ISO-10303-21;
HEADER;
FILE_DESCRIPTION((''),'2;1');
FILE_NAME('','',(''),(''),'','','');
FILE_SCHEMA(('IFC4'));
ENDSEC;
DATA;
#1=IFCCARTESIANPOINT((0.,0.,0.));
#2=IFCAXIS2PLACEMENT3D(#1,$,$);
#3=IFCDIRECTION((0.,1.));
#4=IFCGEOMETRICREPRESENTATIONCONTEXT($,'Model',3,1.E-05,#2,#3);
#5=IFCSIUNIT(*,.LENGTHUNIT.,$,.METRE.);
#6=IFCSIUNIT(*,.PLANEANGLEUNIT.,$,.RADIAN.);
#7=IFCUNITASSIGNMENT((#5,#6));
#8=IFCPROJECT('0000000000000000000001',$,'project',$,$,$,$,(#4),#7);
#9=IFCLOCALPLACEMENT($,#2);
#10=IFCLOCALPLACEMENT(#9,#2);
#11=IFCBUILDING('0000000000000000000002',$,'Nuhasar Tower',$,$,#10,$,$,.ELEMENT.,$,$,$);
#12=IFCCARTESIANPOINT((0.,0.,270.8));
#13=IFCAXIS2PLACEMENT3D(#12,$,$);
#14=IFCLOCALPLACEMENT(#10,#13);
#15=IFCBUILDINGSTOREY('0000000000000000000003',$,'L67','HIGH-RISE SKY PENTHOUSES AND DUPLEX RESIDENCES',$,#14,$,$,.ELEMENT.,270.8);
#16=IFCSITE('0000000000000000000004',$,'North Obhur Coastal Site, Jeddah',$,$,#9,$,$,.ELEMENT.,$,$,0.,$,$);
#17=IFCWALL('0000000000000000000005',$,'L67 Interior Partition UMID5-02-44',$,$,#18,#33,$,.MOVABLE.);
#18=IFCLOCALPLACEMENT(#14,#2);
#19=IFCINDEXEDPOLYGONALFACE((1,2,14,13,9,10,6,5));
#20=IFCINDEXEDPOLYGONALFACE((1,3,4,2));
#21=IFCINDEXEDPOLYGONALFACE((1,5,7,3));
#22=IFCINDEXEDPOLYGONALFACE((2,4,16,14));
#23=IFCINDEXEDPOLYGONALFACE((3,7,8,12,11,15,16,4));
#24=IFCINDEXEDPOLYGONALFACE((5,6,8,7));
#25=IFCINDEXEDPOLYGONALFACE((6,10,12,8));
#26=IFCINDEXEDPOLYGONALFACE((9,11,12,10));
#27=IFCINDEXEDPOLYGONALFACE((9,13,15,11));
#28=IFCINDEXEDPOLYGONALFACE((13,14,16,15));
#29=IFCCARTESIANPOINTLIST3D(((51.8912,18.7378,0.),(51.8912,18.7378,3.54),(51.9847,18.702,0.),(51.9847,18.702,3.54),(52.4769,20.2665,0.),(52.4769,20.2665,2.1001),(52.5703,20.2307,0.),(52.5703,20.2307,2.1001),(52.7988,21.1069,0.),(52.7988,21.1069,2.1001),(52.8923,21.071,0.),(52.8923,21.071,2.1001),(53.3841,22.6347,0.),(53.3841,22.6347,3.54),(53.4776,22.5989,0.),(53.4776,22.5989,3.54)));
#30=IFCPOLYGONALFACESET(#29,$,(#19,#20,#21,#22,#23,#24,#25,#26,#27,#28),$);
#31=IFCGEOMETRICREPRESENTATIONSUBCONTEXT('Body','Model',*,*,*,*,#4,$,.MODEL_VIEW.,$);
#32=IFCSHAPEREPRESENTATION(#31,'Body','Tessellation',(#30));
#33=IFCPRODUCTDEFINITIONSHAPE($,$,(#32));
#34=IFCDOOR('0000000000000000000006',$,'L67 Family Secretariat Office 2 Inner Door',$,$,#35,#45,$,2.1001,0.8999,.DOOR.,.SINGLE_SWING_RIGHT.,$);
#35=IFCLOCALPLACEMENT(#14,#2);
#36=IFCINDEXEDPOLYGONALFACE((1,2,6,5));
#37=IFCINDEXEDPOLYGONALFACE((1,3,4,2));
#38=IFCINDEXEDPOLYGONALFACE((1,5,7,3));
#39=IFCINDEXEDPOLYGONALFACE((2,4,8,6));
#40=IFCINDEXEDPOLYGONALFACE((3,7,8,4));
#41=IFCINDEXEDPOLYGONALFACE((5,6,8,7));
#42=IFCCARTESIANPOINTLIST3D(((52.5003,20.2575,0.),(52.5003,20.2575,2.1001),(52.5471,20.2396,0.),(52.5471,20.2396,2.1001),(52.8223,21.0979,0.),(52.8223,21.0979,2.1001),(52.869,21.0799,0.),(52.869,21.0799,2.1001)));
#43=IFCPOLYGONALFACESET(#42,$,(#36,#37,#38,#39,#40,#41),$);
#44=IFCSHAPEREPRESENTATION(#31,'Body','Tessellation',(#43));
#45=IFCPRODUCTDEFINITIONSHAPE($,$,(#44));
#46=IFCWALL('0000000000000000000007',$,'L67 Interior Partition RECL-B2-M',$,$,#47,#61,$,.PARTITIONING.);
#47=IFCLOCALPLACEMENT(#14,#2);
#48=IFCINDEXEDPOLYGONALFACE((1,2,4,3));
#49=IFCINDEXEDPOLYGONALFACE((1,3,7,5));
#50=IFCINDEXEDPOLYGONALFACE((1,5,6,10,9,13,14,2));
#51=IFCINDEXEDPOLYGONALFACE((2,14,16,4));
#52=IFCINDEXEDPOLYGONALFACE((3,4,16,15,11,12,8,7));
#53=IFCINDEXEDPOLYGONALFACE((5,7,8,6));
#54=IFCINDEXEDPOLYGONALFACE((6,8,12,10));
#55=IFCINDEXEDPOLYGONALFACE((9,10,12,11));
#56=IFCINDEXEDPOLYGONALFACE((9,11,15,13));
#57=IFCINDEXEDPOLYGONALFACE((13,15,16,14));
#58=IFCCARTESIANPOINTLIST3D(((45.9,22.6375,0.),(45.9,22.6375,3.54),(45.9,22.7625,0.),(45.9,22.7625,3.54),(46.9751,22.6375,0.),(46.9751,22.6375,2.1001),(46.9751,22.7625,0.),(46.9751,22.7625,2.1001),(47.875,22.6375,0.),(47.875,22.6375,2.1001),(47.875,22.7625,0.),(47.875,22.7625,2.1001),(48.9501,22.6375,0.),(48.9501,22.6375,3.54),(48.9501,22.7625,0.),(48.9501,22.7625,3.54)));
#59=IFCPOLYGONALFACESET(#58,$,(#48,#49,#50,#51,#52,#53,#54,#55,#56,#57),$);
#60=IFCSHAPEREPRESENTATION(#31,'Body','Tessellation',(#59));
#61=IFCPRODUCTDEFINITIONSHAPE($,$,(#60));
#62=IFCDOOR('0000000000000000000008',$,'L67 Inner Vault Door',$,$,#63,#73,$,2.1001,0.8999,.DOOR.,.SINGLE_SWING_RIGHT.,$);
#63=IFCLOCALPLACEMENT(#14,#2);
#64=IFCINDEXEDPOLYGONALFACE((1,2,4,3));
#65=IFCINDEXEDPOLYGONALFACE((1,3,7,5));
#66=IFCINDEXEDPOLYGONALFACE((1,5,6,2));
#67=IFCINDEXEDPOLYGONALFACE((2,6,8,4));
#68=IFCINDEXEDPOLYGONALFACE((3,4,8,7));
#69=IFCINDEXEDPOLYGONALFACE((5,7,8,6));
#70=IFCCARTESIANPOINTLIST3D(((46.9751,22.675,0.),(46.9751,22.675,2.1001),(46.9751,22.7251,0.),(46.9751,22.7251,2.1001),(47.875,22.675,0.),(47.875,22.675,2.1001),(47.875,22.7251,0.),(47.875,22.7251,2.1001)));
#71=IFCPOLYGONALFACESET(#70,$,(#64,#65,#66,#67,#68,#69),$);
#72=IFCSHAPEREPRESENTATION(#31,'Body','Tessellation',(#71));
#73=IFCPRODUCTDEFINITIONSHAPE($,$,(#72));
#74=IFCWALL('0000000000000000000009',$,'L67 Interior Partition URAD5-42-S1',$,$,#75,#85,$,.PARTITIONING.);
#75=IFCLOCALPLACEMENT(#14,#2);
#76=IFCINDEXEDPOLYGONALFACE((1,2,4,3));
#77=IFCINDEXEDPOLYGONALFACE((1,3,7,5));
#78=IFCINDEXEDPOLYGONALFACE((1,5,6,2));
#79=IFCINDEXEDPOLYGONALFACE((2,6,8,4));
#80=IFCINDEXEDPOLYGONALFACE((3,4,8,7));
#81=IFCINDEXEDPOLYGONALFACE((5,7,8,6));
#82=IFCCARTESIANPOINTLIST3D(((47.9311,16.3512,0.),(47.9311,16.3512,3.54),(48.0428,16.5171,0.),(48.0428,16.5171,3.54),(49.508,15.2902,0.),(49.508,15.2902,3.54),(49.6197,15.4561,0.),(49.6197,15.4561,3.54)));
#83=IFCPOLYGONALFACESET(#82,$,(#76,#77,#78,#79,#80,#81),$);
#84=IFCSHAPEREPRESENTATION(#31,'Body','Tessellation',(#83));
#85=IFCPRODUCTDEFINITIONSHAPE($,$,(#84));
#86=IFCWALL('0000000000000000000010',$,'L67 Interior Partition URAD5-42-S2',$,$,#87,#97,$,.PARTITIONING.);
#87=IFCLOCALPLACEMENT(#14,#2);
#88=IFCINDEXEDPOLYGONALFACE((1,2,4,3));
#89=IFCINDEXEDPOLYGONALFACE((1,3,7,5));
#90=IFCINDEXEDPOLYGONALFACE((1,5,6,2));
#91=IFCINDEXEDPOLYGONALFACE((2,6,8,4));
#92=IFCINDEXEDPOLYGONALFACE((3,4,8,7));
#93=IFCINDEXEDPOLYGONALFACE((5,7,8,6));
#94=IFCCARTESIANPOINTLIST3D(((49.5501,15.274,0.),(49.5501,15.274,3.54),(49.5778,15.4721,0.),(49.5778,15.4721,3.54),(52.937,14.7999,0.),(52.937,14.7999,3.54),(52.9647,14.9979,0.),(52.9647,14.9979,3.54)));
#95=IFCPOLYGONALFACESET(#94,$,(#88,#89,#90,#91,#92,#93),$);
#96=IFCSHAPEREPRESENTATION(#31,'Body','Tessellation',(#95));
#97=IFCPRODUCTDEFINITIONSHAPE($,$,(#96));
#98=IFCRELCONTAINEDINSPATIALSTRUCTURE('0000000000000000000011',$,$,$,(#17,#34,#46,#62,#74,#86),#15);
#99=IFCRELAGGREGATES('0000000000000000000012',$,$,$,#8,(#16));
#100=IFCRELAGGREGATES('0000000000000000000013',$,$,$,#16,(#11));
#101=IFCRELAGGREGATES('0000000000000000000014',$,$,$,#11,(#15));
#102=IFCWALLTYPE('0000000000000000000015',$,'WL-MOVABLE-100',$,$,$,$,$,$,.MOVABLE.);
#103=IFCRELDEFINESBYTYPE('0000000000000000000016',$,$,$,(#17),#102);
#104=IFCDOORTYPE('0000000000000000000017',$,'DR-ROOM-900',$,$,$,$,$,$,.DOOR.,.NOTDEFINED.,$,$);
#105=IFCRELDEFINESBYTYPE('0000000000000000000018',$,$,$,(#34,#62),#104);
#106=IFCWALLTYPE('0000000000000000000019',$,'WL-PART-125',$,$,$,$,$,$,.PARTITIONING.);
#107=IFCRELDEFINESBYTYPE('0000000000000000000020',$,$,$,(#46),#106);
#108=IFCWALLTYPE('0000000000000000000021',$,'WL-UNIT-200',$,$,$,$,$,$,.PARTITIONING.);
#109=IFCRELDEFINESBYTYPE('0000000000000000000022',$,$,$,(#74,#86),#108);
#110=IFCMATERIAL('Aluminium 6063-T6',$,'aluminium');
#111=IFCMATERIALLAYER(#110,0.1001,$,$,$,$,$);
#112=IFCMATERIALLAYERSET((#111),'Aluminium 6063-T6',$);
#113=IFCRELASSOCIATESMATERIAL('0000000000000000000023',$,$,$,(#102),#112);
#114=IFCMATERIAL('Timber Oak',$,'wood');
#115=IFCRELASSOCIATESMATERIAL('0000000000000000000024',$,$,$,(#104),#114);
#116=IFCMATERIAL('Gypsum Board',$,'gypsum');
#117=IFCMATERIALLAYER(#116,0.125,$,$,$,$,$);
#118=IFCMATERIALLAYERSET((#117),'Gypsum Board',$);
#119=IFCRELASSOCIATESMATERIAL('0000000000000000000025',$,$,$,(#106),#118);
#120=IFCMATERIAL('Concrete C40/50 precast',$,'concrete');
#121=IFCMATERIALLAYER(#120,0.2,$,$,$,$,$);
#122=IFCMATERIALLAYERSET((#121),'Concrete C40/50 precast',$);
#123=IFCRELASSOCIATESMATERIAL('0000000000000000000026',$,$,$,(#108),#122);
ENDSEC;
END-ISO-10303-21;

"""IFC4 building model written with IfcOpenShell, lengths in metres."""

from ifc_helpers import new_model, si_unit, direction, frame, frame_2d, origin, place, context, subcontext, project, spatial, rectangle, extrude, material, layer, layer_set, type_object, element, fill, save


model = new_model("IFC4")

# Units and contexts
model_context = context("Model", 3, precision=1e-05, world=origin(), true_north=direction((0.0, 1.0)))
body_context = subcontext(model_context, "Body", "Model", "MODEL_VIEW")
ifc_project = project(units=[si_unit("LENGTHUNIT", "METRE"), si_unit("PLANEANGLEUNIT", "RADIAN")], contexts=[model_context])

# Site, building, storey
site_placement = place(None, origin())
site = spatial("IfcSite", under=ifc_project, at=site_placement, Name="North Obhur Coastal Site, Jeddah", CompositionType="ELEMENT", RefElevation=0.0)
building_placement = place(site_placement, origin())
building = spatial("IfcBuilding", under=site, at=building_placement, Name="Nuhasar Tower", CompositionType="ELEMENT")
storey_placement = place(building_placement, frame((0.0, 0.0, 270.8)))
storey = spatial("IfcBuildingStorey", under=building, at=storey_placement, Name="L67", Description="HIGH-RISE SKY PENTHOUSES AND DUPLEX RESIDENCES", CompositionType="ELEMENT", Elevation=270.8)

# Shared definitions
ifc_material_1 = material(Name="Aluminium 6063-T6", Category="aluminium")

# Shared definitions
ifc_material_2 = material(Name="Gypsum Board", Category="gypsum")

# Shared definitions
ifc_material_3 = material(Name="Timber Oak", Category="wood")

# Shared definitions
ifc_layer_1 = layer(ifc_material_1, 0.1001)
ifc_layer_set_1 = layer_set([ifc_layer_1], Name="Aluminium 6063-T6")
wall_type_1 = type_object("IfcWallType", Name="WL-MOVABLE-100", PredefinedType="MOVABLE", material=ifc_layer_set_1)

# Walls, openings, doors
wall_1_placement = place(storey_placement, frame((51.938, 18.72, 0.0), z_axis=(0.0, 0.0, 1.0), x_axis=(0.357744, 0.93382, 0.0)))
wall_1 = element("IfcWall", 1, at=wall_1_placement, inside=storey, type_object=wall_type_1, Name="L67 Interior Partition UMID5-02-44", PredefinedType="MOVABLE", context=body_context, shape_type="SweptSolid", body=[
    extrude(rectangle(XDim=4.1731, YDim=0.1001, at=frame_2d((2.0864, 0.0))), origin(), (0.0, 0.0, 1.0), 3.54),
])
opening_1_placement = place(wall_1_placement, frame((1.637, 0.0, 0.0)))
opening_1 = element("IfcOpeningElement", 2, at=opening_1_placement, cuts=wall_1, PredefinedType="OPENING", context=body_context, shape_type="SweptSolid", body=[
    extrude(rectangle(XDim=0.8999, YDim=2.1001, at=frame_2d((0.45, 1.05))), frame((0.0, 0.0601, 0.0), z_axis=(0.0, -1.0, 0.0), x_axis=(1.0, 0.0, 0.0)), (0.0, 0.0, 1.0), 0.1201),
])
door_type_1 = type_object("IfcDoorType", Name="DR-ROOM-900", OperationType="NOTDEFINED", PredefinedType="DOOR", material=ifc_material_3)
door_1_placement = place(opening_1_placement, origin())
door_1 = element("IfcDoor", 3, at=door_1_placement, inside=storey, type_object=door_type_1, Name="L67 Family Secretariat Office 2 Inner Door", OperationType="SINGLE_SWING_RIGHT", OverallHeight=2.1001, OverallWidth=0.8999, PredefinedType="DOOR", context=body_context, shape_type="SweptSolid", body=[
    extrude(rectangle(XDim=0.8999, YDim=2.1001, at=frame_2d((0.45, 1.05))), frame((0.0, 0.0249, 0.0), z_axis=(0.0, -1.0, 0.0), x_axis=(1.0, 0.0, 0.0)), (0.0, 0.0, 1.0), 0.05),
])
fill(opening_1, door_1)
ifc_layer_2 = layer(ifc_material_2, 0.125)
ifc_layer_set_2 = layer_set([ifc_layer_2], Name="Gypsum Board")
wall_type_2 = type_object("IfcWallType", Name="WL-PART-125", PredefinedType="PARTITIONING", material=ifc_layer_set_2)
wall_2_placement = place(storey_placement, frame((48.95, 22.7, 0.0), z_axis=(0.0, 0.0, 1.0), x_axis=(-1.0, 0.0, 0.0)))
wall_2 = element("IfcWall", 4, at=wall_2_placement, inside=storey, type_object=wall_type_2, Name="L67 Interior Partition RECL-B2-M", PredefinedType="PARTITIONING", context=body_context, shape_type="SweptSolid", body=[
    extrude(rectangle(XDim=3.05, YDim=0.125, at=frame_2d((1.5249, 0.0))), origin(), (0.0, 0.0, 1.0), 3.54),
])
opening_2_placement = place(wall_2_placement, frame((1.075, 0.0, 0.0)))
opening_2 = element("IfcOpeningElement", 5, at=opening_2_placement, cuts=wall_2, PredefinedType="OPENING", context=body_context, shape_type="SweptSolid", body=[
    extrude(rectangle(XDim=0.8999, YDim=2.1001, at=frame_2d((0.45, 1.05))), frame((0.0, 0.0725, 0.0), z_axis=(0.0, -1.0, 0.0), x_axis=(1.0, 0.0, 0.0)), (0.0, 0.0, 1.0), 0.145),
])
door_2_placement = place(opening_2_placement, origin())
door_2 = element("IfcDoor", 6, at=door_2_placement, inside=storey, type_object=door_type_1, Name="L67 Inner Vault Door", OperationType="SINGLE_SWING_RIGHT", OverallHeight=2.1001, OverallWidth=0.8999, PredefinedType="DOOR", context=body_context, shape_type="SweptSolid", body=[
    extrude(rectangle(XDim=0.8999, YDim=2.1001, at=frame_2d((0.45, 1.05))), frame((0.0, 0.0249, 0.0), z_axis=(0.0, -1.0, 0.0), x_axis=(1.0, 0.0, 0.0)), (0.0, 0.0, 1.0), 0.05),
])
fill(opening_2, door_2)

# Walls
ifc_material_4 = material(Name="Concrete C40/50 precast", Category="concrete")
ifc_layer_3 = layer(ifc_material_4, 0.2)
ifc_layer_set_3 = layer_set([ifc_layer_3], Name="Concrete C40/50 precast")
wall_type_3 = type_object("IfcWallType", Name="WL-UNIT-200", PredefinedType="PARTITIONING", material=ifc_layer_set_3)
wall_3_placement = place(storey_placement, frame((47.9871, 16.4341, 0.0), z_axis=(0.0, 0.0, 1.0), x_axis=(0.829671, -0.558252, 0.0)))
element("IfcWall", 7, at=wall_3_placement, inside=storey, type_object=wall_type_3, Name="L67 Interior Partition URAD5-42-S1", PredefinedType="PARTITIONING", context=body_context, shape_type="SweptSolid", body=[
    extrude(rectangle(XDim=1.9006, YDim=0.2, at=frame_2d((0.9502, 0.0))), origin(), (0.0, 0.0, 1.0), 3.54),
])
wall_4_placement = place(storey_placement, frame((49.564, 15.373, 0.0), z_axis=(0.0, 0.0, 1.0), x_axis=(0.990344, -0.138632, 0.0)))
element("IfcWall", 8, at=wall_4_placement, inside=storey, type_object=wall_type_3, Name="L67 Interior Partition URAD5-42-S2", PredefinedType="PARTITIONING", context=body_context, shape_type="SweptSolid", body=[
    extrude(rectangle(XDim=3.4199, YDim=0.2, at=frame_2d((1.71, 0.0))), origin(), (0.0, 0.0, 1.0), 3.54),
])

save(model, "model.ifc")
